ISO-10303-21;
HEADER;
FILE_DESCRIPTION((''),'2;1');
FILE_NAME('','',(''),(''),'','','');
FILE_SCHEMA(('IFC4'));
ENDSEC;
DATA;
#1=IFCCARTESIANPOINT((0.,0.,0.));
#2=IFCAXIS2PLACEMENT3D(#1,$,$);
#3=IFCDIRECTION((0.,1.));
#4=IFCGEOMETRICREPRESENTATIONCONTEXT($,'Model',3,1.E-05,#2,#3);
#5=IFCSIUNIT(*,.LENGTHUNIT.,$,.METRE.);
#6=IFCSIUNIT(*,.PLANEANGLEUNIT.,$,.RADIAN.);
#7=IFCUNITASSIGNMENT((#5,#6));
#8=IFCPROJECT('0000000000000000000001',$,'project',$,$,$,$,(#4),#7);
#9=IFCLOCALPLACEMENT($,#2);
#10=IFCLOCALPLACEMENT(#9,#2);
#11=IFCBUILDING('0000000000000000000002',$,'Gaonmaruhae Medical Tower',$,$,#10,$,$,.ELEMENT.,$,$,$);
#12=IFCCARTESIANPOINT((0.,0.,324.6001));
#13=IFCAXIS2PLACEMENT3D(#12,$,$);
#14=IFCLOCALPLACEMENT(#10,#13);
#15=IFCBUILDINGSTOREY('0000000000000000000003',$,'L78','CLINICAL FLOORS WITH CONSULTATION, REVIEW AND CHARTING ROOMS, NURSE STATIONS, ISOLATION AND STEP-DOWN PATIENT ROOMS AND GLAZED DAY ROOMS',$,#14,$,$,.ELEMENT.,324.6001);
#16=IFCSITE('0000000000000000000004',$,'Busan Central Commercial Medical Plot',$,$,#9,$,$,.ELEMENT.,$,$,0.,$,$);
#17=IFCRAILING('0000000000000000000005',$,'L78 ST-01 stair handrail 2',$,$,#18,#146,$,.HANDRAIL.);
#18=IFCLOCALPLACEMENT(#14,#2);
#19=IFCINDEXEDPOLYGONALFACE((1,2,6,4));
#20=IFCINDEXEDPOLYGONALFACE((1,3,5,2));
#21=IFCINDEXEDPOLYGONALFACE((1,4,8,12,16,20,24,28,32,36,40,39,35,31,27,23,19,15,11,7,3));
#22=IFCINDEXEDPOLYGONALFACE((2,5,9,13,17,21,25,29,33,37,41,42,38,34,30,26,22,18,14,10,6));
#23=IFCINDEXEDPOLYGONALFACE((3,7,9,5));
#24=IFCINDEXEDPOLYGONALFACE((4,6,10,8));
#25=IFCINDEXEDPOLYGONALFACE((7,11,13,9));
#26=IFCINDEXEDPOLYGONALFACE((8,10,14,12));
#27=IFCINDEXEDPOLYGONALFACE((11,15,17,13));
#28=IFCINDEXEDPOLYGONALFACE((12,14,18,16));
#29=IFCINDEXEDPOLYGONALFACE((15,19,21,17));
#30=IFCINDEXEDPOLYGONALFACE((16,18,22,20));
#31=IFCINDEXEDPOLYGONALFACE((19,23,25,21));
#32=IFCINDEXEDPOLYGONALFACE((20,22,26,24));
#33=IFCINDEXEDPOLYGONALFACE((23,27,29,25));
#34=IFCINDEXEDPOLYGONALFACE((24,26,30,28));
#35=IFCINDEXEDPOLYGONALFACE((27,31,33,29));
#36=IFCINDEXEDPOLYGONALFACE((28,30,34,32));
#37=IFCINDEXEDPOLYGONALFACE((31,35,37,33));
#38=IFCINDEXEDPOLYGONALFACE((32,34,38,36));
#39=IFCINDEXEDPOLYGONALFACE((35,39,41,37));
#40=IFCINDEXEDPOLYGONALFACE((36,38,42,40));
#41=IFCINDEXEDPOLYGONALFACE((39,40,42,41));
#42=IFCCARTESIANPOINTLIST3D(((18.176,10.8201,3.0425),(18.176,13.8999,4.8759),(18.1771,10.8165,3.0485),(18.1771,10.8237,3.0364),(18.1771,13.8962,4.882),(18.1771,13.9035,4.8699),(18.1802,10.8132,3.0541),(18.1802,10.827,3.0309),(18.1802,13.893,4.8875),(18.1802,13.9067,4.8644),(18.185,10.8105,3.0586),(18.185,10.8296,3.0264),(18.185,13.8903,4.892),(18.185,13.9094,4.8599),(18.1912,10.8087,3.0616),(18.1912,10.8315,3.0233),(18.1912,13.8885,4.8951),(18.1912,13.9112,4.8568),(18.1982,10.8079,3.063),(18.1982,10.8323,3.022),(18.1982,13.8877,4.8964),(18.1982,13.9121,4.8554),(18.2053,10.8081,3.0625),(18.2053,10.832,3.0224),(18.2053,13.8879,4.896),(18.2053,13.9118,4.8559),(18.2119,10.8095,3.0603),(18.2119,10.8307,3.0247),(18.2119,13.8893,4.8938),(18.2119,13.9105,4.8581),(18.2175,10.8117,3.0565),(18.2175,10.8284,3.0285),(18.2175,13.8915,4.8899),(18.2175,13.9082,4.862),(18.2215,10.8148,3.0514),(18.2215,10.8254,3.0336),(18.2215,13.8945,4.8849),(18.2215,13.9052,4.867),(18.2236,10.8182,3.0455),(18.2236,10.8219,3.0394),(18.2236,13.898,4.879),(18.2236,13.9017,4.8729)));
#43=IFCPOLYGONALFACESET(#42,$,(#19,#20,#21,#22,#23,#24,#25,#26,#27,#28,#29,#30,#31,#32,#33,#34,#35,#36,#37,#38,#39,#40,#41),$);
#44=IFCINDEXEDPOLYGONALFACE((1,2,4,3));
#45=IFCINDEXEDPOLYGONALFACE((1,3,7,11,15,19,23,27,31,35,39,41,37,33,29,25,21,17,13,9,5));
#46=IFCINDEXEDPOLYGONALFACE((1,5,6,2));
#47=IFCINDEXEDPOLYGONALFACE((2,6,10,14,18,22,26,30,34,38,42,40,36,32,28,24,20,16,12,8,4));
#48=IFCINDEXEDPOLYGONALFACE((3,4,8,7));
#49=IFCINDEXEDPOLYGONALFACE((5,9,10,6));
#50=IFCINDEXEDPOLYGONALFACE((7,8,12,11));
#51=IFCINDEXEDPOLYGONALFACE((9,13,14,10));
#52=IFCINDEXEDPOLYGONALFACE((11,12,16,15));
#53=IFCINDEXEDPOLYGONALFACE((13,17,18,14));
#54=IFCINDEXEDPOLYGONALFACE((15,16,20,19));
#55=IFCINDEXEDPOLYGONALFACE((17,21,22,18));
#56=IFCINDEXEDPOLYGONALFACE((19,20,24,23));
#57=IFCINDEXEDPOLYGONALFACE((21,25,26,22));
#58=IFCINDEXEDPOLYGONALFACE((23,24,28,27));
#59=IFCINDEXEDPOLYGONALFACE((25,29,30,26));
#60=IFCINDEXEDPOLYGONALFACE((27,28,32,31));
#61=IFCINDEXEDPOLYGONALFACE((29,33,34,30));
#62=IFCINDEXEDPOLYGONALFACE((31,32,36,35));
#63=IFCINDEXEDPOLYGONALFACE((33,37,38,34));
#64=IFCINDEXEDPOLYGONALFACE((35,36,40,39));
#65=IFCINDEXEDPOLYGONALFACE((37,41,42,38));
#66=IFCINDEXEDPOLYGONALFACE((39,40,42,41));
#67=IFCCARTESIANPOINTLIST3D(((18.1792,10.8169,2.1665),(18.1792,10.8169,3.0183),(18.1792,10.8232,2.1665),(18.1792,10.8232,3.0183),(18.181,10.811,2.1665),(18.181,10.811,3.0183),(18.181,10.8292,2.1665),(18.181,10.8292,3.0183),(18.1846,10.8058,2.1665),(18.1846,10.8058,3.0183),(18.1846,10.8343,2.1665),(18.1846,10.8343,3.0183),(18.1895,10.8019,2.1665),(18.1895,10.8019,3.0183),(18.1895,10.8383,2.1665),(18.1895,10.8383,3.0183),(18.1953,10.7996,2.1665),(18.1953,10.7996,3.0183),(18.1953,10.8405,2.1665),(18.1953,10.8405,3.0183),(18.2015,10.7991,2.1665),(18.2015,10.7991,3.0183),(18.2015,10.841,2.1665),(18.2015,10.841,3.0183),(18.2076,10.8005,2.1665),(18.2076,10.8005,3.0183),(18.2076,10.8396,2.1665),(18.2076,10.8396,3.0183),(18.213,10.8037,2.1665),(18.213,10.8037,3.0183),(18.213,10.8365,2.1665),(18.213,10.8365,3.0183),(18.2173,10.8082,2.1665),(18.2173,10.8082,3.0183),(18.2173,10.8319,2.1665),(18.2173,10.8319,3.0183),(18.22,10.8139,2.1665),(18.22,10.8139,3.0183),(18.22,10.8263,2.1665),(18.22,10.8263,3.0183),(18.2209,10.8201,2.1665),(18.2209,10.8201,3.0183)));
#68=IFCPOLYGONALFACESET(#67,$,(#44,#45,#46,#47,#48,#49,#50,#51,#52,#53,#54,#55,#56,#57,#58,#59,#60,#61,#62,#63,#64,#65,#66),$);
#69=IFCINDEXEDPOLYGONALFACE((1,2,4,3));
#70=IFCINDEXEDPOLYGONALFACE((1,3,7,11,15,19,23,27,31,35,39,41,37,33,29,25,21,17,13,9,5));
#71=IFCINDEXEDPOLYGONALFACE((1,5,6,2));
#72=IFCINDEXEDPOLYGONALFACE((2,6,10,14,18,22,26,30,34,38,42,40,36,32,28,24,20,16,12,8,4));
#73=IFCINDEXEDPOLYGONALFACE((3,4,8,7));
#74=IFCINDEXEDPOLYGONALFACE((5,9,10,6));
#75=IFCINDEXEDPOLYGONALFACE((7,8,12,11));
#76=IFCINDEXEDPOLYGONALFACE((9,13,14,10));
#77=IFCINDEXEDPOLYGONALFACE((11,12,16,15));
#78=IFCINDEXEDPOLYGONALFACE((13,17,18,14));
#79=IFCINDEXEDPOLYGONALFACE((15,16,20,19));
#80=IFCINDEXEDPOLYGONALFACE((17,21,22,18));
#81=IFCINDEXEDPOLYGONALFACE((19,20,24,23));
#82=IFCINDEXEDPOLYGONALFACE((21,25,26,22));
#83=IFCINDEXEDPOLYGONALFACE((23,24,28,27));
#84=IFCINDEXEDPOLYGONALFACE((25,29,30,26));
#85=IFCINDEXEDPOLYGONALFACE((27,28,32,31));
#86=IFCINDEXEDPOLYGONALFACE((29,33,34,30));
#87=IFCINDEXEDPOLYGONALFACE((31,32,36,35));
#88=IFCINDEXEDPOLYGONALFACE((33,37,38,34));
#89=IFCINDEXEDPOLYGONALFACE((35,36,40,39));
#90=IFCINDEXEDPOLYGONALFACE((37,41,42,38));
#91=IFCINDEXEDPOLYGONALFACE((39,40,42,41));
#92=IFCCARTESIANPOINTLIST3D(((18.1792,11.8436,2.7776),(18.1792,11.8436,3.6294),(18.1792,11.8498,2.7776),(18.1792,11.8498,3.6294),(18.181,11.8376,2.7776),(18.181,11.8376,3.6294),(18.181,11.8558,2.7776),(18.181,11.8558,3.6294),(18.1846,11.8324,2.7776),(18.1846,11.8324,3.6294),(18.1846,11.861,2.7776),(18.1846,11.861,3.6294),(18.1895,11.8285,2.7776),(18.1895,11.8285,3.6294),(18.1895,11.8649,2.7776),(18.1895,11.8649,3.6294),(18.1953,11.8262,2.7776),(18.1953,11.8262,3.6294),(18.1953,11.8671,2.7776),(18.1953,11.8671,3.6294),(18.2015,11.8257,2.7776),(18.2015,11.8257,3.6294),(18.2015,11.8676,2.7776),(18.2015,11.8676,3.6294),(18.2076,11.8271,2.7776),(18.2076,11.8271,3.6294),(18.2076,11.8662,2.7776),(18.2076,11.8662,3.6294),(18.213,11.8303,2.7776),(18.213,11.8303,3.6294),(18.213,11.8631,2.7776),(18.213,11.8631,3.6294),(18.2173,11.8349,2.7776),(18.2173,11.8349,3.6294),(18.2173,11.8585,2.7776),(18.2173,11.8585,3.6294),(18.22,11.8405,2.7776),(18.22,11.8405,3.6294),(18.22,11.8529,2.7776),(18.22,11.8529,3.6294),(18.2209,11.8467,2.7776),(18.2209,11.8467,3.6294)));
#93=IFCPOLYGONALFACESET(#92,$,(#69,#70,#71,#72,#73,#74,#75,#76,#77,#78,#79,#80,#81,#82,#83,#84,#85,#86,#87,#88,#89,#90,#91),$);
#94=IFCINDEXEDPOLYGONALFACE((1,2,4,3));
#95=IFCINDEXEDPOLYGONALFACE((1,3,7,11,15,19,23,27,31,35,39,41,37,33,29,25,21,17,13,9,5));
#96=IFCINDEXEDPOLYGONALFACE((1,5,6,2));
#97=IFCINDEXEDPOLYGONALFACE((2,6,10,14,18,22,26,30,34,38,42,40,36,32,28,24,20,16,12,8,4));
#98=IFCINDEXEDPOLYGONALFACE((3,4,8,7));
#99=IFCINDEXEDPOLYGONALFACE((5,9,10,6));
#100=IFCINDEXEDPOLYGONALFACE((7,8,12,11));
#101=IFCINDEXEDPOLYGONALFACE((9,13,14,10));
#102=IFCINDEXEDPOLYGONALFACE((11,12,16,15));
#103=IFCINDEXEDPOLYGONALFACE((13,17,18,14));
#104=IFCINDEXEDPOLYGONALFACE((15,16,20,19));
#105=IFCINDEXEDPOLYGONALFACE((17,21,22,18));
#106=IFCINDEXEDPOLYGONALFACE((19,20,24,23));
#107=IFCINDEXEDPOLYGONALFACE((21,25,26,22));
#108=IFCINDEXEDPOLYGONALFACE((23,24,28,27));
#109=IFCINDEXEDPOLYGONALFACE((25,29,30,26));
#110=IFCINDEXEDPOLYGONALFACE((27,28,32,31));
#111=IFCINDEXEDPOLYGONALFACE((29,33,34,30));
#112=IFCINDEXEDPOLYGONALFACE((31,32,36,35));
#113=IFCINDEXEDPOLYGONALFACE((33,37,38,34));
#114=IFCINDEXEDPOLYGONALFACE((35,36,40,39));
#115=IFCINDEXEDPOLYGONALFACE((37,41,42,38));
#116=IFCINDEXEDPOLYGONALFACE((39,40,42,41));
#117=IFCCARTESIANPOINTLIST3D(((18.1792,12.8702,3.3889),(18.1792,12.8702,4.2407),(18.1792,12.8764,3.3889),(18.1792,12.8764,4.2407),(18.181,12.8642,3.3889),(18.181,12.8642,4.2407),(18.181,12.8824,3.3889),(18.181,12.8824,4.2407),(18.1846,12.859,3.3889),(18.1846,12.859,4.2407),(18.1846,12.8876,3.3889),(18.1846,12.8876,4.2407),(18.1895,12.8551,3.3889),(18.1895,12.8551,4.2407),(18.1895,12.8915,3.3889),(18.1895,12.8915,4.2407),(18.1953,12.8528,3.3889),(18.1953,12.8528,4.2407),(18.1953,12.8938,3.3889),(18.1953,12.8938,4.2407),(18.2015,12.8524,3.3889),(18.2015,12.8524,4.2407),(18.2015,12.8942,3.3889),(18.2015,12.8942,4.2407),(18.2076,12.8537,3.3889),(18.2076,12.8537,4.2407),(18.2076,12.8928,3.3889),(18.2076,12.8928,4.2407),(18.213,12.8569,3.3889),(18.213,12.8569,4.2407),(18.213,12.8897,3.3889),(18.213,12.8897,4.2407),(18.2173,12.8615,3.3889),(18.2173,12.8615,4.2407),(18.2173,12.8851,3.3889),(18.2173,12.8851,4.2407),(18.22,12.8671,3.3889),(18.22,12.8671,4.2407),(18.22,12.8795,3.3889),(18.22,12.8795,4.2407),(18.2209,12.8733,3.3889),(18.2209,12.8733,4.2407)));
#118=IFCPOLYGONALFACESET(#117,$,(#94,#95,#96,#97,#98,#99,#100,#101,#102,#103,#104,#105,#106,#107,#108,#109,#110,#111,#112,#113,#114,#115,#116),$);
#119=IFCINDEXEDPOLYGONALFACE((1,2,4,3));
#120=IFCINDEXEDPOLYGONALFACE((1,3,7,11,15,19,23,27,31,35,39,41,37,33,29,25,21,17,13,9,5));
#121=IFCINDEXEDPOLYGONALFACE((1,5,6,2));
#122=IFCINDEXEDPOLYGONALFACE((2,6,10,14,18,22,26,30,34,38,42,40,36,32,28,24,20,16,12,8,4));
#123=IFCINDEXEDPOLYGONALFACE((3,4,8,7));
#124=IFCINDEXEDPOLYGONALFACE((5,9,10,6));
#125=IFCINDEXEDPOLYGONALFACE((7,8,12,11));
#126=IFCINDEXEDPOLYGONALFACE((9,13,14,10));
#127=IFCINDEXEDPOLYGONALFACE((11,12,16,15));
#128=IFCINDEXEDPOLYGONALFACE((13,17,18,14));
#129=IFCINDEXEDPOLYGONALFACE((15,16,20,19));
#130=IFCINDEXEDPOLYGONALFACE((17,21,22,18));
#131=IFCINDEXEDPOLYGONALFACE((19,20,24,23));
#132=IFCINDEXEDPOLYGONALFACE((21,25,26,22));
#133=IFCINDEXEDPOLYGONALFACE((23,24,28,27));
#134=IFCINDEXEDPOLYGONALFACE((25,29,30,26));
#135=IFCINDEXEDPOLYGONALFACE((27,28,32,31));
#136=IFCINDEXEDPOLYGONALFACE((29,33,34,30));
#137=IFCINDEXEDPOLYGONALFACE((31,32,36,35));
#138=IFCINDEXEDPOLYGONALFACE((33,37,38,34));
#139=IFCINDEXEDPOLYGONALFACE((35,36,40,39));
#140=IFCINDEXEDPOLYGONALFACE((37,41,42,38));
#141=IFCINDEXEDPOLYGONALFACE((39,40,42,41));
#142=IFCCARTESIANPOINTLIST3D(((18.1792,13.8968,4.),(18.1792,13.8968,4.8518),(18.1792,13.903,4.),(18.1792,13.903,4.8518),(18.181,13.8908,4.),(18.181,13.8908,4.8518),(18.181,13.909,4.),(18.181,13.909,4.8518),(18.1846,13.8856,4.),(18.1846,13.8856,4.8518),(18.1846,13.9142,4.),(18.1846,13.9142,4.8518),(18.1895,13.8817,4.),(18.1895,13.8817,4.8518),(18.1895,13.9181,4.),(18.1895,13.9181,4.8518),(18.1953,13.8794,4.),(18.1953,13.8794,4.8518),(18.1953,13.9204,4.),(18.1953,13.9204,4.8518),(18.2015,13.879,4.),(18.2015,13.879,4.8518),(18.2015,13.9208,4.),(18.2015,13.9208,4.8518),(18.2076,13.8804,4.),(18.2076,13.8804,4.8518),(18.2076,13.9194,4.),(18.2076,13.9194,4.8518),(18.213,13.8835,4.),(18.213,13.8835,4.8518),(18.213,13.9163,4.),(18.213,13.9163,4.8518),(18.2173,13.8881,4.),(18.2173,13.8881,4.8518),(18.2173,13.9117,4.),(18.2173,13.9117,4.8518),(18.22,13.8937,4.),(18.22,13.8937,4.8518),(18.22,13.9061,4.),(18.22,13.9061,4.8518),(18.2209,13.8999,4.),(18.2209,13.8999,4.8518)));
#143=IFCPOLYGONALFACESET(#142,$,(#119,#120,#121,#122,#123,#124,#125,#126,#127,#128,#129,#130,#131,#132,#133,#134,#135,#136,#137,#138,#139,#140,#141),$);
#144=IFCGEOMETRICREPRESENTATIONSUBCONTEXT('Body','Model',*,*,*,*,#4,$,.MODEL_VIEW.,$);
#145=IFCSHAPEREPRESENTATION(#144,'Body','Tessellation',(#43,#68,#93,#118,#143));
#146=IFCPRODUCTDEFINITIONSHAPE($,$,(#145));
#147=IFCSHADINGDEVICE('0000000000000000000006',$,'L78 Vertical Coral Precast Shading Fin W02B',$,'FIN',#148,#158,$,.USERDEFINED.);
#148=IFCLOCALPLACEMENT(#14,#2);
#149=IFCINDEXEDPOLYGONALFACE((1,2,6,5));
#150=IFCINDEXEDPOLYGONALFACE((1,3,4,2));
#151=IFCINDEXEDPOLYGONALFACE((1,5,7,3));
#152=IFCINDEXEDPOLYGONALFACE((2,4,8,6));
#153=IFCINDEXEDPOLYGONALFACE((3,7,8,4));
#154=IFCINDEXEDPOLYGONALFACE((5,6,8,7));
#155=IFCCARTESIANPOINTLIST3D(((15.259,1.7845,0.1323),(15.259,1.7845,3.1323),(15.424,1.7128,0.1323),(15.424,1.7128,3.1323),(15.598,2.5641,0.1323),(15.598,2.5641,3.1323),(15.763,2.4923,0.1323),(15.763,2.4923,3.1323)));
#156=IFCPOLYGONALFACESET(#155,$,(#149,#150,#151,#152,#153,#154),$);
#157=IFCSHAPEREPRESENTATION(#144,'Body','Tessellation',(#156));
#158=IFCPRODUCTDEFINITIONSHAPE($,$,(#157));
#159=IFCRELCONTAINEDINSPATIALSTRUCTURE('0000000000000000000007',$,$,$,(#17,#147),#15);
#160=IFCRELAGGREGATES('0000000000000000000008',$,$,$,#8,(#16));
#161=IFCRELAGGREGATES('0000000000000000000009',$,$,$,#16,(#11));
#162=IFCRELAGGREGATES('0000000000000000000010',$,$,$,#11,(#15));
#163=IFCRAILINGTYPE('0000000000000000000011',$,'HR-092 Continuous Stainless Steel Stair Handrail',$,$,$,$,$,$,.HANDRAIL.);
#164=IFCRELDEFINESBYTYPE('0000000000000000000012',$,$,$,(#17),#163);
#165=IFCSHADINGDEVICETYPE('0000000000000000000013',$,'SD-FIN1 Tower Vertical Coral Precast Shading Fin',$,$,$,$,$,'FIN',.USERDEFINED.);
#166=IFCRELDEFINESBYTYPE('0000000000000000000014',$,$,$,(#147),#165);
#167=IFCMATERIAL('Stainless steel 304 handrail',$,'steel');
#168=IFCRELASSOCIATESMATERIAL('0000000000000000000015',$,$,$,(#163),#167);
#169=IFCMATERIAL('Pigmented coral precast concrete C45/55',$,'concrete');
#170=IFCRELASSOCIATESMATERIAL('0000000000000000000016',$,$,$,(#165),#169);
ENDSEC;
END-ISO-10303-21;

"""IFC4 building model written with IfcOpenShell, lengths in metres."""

from ifc_helpers import new_model, si_unit, direction, frame, origin, origin_2d, place, context, subcontext, project, spatial, rectangle, circle, extrude, material, type_object, element, save


model = new_model("IFC4")

# Units and contexts
model_context = context("Model", 3, precision=1e-05, world=origin(), true_north=direction((0.0, 1.0)))
body_context = subcontext(model_context, "Body", "Model", "MODEL_VIEW")
ifc_project = project(units=[si_unit("LENGTHUNIT", "METRE"), si_unit("PLANEANGLEUNIT", "RADIAN")], contexts=[model_context])

# Site, building, storey
site_placement = place(None, origin())
site = spatial("IfcSite", under=ifc_project, at=site_placement, Name="Busan Central Commercial Medical Plot", CompositionType="ELEMENT", RefElevation=0.0)
building_placement = place(site_placement, origin())
building = spatial("IfcBuilding", under=site, at=building_placement, Name="Gaonmaruhae Medical Tower", CompositionType="ELEMENT")
storey_placement = place(building_placement, frame((0.0, 0.0, 324.6001)))
storey = spatial("IfcBuildingStorey", under=building, at=storey_placement, Name="L78", Description="CLINICAL FLOORS WITH CONSULTATION, REVIEW AND CHARTING ROOMS, NURSE STATIONS, ISOLATION AND STEP-DOWN PATIENT ROOMS AND GLAZED DAY ROOMS", CompositionType="ELEMENT", Elevation=324.6001)

# Railing
ifc_material_1 = material(Name="Stainless steel 304 handrail", Category="steel")
railing_type_1 = type_object("IfcRailingType", Name="HR-092 Continuous Stainless Steel Stair Handrail", PredefinedType="HANDRAIL", material=ifc_material_1)
railing_1_placement = place(storey_placement, frame((18.2, 10.8201, 2.1665)))
element("IfcRailing", 1, at=railing_1_placement, inside=storey, type_object=railing_type_1, Name="L78 ST-01 stair handrail 2", PredefinedType="HANDRAIL", context=body_context, shape_type="SweptSolid", body=[
    extrude(circle(Radius=0.0239, at=origin_2d()), frame((0.0, 0.0, 0.876), z_axis=(0.0, 0.859261, 0.511538), x_axis=(-1.0, 0.0, 0.0)), (0.0, 0.0, 1.0), 3.5842),
    extrude(circle(Radius=0.021, at=origin_2d()), origin(), (0.0, 0.0, 1.0), 0.8518),
    extrude(circle(Radius=0.021, at=origin_2d()), frame((0.0, 1.0266, 0.6111)), (0.0, 0.0, 1.0), 0.8518),
    extrude(circle(Radius=0.021, at=origin_2d()), frame((0.0, 2.0532, 1.2224)), (0.0, 0.0, 1.0), 0.8518),
    extrude(circle(Radius=0.021, at=origin_2d()), frame((0.0, 3.0798, 1.8335)), (0.0, 0.0, 1.0), 0.8518),
])

# Shading device
ifc_material_2 = material(Name="Pigmented coral precast concrete C45/55", Category="concrete")
shading_device_type = type_object("IfcShadingDeviceType", Name="SD-FIN1 Tower Vertical Coral Precast Shading Fin", ElementType="FIN", PredefinedType="USERDEFINED", material=ifc_material_2)
shading_device_placement = place(storey_placement, frame((15.511, 2.1384, 0.1323), z_axis=(0.0, 0.0, 1.0), x_axis=(-0.91706, 0.398749, 0.0)))
element("IfcShadingDevice", 2, at=shading_device_placement, inside=storey, type_object=shading_device_type, Name="L78 Vertical Coral Precast Shading Fin W02B", ObjectType="FIN", PredefinedType="USERDEFINED", context=body_context, shape_type="SweptSolid", body=[
    extrude(rectangle(XDim=0.1799, YDim=0.8501, at=origin_2d()), origin(), (0.0, 0.0, 1.0), 3.0),
])

save(model, "model.ifc")
